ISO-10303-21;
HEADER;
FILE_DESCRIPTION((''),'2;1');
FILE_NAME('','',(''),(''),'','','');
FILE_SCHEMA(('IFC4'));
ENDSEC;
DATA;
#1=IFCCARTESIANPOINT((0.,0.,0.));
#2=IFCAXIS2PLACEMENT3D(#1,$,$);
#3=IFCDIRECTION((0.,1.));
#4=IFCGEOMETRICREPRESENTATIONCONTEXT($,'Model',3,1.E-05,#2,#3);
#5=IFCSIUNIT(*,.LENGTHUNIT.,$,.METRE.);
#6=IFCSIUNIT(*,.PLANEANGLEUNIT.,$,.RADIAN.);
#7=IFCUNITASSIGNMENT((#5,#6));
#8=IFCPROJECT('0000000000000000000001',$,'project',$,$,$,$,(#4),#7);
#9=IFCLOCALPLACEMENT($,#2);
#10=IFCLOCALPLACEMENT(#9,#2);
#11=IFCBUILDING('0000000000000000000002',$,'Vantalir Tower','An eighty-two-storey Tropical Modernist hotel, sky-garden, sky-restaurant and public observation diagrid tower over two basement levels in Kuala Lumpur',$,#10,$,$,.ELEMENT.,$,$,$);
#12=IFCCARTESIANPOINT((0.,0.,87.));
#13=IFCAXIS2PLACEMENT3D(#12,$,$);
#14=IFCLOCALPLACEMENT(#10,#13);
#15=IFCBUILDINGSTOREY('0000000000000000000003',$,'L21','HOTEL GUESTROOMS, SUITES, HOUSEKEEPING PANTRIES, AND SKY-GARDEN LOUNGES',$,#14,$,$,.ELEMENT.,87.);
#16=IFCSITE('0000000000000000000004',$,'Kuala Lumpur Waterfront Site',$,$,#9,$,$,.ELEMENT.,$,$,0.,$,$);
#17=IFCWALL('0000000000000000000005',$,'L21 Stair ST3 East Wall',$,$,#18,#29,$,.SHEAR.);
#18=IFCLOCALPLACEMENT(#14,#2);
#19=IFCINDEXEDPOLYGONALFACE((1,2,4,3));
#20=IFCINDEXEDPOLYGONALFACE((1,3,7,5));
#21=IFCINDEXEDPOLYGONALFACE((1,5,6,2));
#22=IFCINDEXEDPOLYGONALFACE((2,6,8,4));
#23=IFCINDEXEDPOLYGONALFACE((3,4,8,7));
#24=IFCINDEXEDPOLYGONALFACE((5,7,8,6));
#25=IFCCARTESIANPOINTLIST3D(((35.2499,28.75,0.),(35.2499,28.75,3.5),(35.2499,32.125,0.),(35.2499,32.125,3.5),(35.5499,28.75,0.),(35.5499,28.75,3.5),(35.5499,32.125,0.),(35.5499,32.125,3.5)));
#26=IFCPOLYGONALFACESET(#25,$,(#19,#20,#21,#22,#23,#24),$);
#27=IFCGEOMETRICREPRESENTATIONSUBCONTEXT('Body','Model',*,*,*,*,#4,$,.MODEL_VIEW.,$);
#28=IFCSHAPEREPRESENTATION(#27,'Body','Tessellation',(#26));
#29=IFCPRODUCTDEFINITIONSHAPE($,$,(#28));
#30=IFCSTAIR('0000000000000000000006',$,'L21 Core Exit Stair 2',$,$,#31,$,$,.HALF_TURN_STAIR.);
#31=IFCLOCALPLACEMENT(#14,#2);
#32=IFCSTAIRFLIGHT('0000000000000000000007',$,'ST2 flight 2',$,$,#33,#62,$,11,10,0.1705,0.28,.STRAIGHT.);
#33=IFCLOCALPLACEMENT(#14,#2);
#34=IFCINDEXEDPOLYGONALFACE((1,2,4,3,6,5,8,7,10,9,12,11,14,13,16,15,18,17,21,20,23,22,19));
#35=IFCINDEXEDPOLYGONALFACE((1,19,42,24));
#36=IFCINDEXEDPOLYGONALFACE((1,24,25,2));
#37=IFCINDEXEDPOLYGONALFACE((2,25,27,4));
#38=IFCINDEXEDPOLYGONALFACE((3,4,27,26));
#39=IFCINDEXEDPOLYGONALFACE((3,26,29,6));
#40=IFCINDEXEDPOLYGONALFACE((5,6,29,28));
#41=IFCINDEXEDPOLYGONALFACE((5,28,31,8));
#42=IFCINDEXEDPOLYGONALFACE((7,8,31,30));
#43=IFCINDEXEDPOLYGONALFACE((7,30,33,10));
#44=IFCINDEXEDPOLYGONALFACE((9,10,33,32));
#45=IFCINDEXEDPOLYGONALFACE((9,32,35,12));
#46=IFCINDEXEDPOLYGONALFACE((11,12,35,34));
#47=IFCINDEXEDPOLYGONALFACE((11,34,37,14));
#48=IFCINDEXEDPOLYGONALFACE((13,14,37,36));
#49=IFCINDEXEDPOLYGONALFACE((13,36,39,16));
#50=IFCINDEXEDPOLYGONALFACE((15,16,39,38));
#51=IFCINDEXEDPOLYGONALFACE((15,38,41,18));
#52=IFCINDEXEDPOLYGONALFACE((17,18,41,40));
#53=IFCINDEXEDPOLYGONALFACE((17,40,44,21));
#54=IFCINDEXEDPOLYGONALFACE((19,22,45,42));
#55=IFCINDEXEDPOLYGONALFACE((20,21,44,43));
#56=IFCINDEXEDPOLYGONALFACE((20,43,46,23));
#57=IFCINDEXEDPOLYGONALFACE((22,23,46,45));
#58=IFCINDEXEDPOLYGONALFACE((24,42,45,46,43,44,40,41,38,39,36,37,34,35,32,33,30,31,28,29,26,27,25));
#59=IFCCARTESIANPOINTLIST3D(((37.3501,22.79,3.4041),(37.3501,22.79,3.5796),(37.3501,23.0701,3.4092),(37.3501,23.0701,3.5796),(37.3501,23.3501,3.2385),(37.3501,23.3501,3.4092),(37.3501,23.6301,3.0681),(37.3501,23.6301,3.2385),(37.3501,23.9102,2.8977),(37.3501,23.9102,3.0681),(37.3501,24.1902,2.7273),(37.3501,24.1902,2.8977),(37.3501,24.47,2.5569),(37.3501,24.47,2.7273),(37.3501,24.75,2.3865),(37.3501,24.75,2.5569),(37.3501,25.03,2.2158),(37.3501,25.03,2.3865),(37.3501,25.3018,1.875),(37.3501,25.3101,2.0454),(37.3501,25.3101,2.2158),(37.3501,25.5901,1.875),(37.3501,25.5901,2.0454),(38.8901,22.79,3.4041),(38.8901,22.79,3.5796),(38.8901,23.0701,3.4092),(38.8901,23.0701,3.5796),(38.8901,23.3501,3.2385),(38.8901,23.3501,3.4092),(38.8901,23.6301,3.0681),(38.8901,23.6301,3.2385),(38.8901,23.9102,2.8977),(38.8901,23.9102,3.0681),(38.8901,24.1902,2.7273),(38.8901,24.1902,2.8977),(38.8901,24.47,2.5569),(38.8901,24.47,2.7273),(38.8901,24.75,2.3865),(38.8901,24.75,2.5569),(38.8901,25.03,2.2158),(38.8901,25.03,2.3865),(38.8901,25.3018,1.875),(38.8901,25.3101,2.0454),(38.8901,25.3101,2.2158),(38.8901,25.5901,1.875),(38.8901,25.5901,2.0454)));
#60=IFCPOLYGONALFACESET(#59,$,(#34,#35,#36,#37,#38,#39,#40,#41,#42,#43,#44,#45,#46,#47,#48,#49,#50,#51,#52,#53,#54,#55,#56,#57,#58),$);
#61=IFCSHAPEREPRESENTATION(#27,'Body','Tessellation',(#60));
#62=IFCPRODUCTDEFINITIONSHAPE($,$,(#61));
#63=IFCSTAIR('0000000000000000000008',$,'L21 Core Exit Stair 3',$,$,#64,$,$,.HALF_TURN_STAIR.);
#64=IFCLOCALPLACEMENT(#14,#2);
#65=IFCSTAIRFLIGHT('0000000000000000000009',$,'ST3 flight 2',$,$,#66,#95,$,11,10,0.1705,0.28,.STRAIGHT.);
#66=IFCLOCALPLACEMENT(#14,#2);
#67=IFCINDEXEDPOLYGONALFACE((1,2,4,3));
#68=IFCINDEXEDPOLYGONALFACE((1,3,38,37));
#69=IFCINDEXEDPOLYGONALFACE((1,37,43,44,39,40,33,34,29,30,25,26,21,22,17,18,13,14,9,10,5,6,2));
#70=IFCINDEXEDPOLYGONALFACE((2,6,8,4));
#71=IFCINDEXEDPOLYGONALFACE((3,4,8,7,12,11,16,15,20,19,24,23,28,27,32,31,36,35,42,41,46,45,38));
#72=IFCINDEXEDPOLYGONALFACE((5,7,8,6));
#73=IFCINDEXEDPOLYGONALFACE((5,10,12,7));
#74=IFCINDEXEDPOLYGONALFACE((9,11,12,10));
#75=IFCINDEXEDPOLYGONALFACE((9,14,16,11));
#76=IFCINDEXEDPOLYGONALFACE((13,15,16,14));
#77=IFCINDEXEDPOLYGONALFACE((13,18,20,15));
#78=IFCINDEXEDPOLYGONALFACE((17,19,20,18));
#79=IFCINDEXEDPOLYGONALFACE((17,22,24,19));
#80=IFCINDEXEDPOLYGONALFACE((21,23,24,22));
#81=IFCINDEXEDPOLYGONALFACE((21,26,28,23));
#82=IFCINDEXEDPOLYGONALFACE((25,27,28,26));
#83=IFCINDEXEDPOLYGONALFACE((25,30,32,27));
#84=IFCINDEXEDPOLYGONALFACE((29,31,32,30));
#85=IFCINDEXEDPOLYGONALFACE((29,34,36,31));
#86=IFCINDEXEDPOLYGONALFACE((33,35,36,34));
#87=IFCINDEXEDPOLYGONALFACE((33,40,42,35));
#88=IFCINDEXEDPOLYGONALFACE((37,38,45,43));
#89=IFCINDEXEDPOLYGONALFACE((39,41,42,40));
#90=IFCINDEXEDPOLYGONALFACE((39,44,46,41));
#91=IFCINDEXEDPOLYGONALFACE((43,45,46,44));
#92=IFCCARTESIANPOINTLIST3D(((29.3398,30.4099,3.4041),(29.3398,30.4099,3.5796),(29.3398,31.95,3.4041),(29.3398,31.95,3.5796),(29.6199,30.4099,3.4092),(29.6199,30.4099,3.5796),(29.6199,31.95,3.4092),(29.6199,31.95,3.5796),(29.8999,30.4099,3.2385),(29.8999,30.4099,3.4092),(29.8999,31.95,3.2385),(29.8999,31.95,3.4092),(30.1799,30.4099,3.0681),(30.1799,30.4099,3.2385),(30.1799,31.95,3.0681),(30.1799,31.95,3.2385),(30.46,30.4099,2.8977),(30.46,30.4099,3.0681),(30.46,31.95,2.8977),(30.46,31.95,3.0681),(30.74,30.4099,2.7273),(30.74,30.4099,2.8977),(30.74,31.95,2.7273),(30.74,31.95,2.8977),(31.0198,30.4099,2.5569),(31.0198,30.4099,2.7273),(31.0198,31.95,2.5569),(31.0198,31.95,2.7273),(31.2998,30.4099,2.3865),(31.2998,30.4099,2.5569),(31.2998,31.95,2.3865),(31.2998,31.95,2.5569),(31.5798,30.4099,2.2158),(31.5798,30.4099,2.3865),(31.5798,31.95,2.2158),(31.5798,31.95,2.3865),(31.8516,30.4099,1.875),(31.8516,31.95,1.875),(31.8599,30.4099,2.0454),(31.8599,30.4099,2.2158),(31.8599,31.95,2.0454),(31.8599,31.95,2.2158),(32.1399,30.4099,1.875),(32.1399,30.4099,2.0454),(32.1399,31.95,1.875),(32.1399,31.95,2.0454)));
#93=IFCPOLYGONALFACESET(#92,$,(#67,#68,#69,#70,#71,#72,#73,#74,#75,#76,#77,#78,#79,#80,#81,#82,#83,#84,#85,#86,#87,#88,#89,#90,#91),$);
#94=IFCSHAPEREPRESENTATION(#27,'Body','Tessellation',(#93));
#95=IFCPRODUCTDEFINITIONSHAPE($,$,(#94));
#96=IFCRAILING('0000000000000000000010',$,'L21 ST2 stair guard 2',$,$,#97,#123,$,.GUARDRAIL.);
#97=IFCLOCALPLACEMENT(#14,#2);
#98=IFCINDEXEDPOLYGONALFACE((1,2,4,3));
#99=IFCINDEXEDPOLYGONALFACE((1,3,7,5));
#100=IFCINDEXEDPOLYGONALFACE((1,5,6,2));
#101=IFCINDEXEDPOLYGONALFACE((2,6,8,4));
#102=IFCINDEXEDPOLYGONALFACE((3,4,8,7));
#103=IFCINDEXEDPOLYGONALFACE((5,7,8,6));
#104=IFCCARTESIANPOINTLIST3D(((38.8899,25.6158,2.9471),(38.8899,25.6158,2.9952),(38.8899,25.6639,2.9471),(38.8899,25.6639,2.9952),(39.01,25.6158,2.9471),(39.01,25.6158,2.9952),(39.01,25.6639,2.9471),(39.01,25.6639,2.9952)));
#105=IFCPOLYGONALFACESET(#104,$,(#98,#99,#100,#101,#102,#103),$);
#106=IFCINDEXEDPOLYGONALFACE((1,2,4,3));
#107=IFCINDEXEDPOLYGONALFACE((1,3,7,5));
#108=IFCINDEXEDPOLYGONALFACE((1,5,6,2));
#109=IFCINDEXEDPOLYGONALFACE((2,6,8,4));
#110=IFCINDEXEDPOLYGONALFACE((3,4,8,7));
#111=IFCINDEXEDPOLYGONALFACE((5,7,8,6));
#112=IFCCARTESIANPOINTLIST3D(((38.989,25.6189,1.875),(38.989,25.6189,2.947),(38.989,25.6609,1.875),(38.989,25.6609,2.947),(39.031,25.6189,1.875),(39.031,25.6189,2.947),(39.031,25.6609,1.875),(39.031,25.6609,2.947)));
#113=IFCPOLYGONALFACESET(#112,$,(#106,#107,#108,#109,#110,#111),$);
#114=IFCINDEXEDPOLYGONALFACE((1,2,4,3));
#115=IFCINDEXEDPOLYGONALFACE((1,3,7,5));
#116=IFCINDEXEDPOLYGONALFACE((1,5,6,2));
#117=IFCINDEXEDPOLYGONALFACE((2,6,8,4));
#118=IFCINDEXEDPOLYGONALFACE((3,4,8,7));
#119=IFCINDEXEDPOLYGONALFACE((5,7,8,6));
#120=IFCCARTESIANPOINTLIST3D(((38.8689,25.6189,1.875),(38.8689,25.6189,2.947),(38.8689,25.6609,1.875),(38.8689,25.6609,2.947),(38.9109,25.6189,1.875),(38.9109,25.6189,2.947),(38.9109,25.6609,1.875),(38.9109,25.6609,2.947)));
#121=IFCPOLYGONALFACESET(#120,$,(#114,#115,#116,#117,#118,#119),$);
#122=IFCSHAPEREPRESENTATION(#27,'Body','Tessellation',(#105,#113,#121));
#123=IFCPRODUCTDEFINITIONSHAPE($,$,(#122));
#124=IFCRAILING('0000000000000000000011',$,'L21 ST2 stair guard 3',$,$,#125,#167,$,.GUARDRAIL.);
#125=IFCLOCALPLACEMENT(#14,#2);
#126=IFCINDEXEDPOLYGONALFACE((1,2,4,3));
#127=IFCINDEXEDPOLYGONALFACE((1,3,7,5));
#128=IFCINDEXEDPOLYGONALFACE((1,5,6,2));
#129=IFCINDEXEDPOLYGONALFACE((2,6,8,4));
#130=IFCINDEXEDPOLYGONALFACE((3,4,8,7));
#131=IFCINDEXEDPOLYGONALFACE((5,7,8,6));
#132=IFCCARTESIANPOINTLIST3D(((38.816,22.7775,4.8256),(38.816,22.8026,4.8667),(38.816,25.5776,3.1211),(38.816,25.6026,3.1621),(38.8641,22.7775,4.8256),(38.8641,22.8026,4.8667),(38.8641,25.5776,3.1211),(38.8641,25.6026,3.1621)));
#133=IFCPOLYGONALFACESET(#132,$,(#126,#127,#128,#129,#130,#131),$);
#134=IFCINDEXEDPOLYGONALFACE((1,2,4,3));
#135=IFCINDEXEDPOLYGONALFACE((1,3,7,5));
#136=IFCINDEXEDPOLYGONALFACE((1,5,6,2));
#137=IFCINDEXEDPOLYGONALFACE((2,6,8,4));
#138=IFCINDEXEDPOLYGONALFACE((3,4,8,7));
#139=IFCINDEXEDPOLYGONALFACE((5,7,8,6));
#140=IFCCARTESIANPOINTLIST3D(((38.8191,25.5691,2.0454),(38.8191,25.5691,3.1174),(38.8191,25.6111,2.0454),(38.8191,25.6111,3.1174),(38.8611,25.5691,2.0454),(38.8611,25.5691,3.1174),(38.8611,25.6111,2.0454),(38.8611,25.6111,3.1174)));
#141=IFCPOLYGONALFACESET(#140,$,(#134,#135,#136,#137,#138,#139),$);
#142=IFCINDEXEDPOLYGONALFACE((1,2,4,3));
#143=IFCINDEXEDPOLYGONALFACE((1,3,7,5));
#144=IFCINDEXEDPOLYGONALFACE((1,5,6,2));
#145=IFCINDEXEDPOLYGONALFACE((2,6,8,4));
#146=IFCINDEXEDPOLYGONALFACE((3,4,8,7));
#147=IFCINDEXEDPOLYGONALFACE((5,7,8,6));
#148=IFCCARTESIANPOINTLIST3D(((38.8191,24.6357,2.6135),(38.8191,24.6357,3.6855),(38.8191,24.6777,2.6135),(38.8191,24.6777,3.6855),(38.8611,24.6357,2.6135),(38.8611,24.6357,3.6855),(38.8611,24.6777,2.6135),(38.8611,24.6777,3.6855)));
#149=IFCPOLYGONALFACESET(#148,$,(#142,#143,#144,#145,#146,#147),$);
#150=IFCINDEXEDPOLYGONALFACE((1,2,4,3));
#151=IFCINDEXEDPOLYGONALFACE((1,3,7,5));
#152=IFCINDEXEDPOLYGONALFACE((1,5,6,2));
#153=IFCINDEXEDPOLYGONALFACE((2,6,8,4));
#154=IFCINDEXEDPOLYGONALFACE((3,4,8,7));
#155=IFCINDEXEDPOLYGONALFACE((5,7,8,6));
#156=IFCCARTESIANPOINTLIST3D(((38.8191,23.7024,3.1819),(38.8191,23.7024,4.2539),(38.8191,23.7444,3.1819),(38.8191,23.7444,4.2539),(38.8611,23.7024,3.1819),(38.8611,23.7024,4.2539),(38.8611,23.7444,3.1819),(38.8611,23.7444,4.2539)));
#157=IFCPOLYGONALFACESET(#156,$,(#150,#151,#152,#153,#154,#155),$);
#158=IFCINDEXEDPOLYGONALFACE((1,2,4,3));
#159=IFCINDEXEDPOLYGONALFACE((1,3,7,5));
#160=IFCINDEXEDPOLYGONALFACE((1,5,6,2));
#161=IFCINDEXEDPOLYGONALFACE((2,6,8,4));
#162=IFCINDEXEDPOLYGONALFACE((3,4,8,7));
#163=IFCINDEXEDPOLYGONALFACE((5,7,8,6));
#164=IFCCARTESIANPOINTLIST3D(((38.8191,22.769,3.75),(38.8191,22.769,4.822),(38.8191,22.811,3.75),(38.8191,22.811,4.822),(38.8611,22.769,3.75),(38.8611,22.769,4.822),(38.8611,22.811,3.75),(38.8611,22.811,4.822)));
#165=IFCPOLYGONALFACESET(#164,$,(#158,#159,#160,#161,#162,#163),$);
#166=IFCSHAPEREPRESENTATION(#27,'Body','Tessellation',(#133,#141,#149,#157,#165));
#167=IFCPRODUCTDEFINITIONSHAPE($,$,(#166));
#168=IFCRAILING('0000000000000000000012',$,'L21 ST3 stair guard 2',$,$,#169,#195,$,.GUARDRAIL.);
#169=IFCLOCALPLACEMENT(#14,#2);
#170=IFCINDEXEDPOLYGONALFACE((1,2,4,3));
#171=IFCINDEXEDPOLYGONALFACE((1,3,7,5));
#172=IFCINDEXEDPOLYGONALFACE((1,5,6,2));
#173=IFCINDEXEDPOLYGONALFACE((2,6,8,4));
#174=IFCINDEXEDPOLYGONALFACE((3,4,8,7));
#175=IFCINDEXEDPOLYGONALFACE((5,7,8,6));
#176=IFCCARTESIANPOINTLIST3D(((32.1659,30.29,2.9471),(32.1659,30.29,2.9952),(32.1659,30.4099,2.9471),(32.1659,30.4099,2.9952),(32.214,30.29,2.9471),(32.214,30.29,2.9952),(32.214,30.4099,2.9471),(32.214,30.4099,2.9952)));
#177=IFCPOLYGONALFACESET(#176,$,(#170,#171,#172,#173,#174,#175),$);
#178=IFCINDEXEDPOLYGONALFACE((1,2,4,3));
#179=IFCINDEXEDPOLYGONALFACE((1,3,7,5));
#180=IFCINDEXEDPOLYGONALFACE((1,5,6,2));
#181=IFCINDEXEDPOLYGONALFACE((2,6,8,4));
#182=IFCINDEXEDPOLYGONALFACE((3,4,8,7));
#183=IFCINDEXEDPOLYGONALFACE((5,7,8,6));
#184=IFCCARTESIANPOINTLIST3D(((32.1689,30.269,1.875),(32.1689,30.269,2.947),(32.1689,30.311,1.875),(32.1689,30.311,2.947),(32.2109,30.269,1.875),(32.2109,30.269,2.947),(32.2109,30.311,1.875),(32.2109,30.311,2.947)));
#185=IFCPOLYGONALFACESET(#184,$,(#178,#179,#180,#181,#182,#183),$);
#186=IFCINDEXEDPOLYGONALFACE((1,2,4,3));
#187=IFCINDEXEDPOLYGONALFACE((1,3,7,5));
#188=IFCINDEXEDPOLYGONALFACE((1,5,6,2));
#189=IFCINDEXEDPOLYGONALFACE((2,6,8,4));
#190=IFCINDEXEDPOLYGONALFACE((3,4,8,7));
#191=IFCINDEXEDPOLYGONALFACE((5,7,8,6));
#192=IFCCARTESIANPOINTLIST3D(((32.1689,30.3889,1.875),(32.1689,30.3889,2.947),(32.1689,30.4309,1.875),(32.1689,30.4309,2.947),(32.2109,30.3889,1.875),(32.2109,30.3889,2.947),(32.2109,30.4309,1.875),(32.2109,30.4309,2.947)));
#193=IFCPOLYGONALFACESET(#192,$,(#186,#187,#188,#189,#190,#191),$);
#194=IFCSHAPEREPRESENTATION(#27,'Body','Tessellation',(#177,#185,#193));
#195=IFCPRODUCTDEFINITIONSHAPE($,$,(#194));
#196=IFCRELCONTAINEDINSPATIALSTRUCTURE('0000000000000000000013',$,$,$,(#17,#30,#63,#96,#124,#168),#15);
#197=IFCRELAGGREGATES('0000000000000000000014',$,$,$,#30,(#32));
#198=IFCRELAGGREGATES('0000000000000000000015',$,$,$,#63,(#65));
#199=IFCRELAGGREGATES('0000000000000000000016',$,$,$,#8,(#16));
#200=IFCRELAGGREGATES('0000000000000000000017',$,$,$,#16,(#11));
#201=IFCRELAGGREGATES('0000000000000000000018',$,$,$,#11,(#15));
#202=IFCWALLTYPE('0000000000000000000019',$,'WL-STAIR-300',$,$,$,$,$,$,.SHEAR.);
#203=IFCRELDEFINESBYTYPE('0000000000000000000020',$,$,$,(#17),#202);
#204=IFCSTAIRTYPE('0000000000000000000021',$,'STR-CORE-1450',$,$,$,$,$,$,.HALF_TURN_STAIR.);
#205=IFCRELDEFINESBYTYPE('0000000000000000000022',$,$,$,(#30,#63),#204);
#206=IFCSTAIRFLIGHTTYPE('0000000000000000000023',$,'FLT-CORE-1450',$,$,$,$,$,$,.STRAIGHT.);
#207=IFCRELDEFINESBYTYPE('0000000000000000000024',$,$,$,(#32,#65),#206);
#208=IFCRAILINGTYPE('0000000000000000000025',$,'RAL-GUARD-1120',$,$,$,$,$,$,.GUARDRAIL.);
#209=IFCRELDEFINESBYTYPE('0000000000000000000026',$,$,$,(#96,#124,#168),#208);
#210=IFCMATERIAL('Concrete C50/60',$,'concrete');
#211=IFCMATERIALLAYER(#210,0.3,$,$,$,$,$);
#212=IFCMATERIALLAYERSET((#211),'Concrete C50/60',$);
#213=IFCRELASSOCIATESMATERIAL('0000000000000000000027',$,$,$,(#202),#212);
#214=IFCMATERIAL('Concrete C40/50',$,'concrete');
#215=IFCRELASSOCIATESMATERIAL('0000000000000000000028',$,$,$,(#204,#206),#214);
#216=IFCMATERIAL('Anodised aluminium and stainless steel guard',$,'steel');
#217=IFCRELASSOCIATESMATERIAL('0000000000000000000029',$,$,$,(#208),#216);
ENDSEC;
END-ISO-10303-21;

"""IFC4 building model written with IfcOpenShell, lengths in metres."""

from ifc_helpers import new_model, si_unit, direction, frame, frame_2d, origin, origin_2d, place, context, subcontext, project, spatial, polyline, rectangle, outline, extrude, material, layer, layer_set, type_object, element, aggregate, save


model = new_model("IFC4")

# Units and contexts
model_context = context("Model", 3, precision=1e-05, world=origin(), true_north=direction((0.0, 1.0)))
body_context = subcontext(model_context, "Body", "Model", "MODEL_VIEW")
ifc_project = project(units=[si_unit("LENGTHUNIT", "METRE"), si_unit("PLANEANGLEUNIT", "RADIAN")], contexts=[model_context])

# Site, building, storey
site_placement = place(None, origin())
site = spatial("IfcSite", under=ifc_project, at=site_placement, Name="Kuala Lumpur Waterfront Site", CompositionType="ELEMENT", RefElevation=0.0)
building_placement = place(site_placement, origin())
building = spatial("IfcBuilding", under=site, at=building_placement, Name="Vantalir Tower", Description="An eighty-two-storey Tropical Modernist hotel, sky-garden, sky-restaurant and public observation diagrid tower over two basement levels in Kuala Lumpur", CompositionType="ELEMENT")
storey_placement = place(building_placement, frame((0.0, 0.0, 87.0)))
storey = spatial("IfcBuildingStorey", under=building, at=storey_placement, Name="L21", Description="HOTEL GUESTROOMS, SUITES, HOUSEKEEPING PANTRIES, AND SKY-GARDEN LOUNGES", CompositionType="ELEMENT", Elevation=87.0)

# Wall
ifc_material_1 = material(Name="Concrete C50/60", Category="concrete")
ifc_layer_1 = layer(ifc_material_1, 0.3)
ifc_layer_set_1 = layer_set([ifc_layer_1], Name="Concrete C50/60")
wall_type_1 = type_object("IfcWallType", Name="WL-STAIR-300", PredefinedType="SHEAR", material=ifc_layer_set_1)
wall_1_placement = place(storey_placement, frame((35.3999, 28.75, 0.0), z_axis=(0.0, 0.0, 1.0), x_axis=(0.0, 1.0, 0.0)))
element("IfcWall", 1, at=wall_1_placement, inside=storey, type_object=wall_type_1, Name="L21 Stair ST3 East Wall", PredefinedType="SHEAR", context=body_context, shape_type="SweptSolid", body=[
    extrude(rectangle(XDim=3.375, YDim=0.3, at=frame_2d((1.6875, 0.0))), origin(), (0.0, 0.0, 1.0), 3.5),
])

# Stairs, stair flights
ifc_material_2 = material(Name="Concrete C40/50", Category="concrete")
stair_type = type_object("IfcStairType", Name="STR-CORE-1450", PredefinedType="HALF_TURN_STAIR", material=ifc_material_2)
stair_1_placement = place(storey_placement, origin())
stair_1 = element("IfcStair", 2, at=stair_1_placement, inside=storey, type_object=stair_type, Name="L21 Core Exit Stair 2", PredefinedType="HALF_TURN_STAIR")
stair_flight_type = type_object("IfcStairFlightType", Name="FLT-CORE-1450", PredefinedType="STRAIGHT", material=ifc_material_2)
stair_flight_1_placement = place(storey_placement, frame((38.1201, 25.5901, 1.875), z_axis=(0.0, 0.0, 1.0), x_axis=(0.0, -1.0, 0.0)))
stair_flight_1 = element("IfcStairFlight", 3, at=stair_flight_1_placement, type_object=stair_flight_type, Name="ST2 flight 2", NumberOfRisers=11, NumberOfTreads=10, PredefinedType="STRAIGHT", RiserHeight=0.1705, TreadLength=0.28, context=body_context, shape_type="SweptSolid", body=[
    extrude(outline(polyline([(0.0, 0.0), (0.0, 0.1704), (0.28, 0.1704), (0.28, 0.3408), (0.5601, 0.3408), (0.5601, 0.5115), (0.8401, 0.5115), (0.8401, 0.6819), (1.1201, 0.6819), (1.1201, 0.8523), (1.3999, 0.8523), (1.3999, 1.0227), (1.6799, 1.0227), (1.6799, 1.1931), (1.96, 1.1931), (1.96, 1.3635), (2.24, 1.3635), (2.24, 1.5342), (2.52, 1.5342), (2.52, 1.7046), (2.8, 1.7046), (2.8, 1.875), (2.8, 1.5291), (0.2883, 0.0), (0.0, 0.0)])), frame((0.0, 0.77, 0.0), z_axis=(0.0, -1.0, 0.0), x_axis=(1.0, 0.0, 0.0)), (0.0, 0.0, 1.0), 1.54),
])
aggregate(stair_1, [stair_flight_1])
stair_2_placement = place(storey_placement, origin())
stair_2 = element("IfcStair", 4, at=stair_2_placement, inside=storey, type_object=stair_type, Name="L21 Core Exit Stair 3", PredefinedType="HALF_TURN_STAIR")
stair_flight_2_placement = place(storey_placement, frame((32.1399, 31.1799, 1.875), z_axis=(0.0, 0.0, 1.0), x_axis=(-1.0, 0.0, 0.0)))
stair_flight_2 = element("IfcStairFlight", 5, at=stair_flight_2_placement, type_object=stair_flight_type, Name="ST3 flight 2", NumberOfRisers=11, NumberOfTreads=10, PredefinedType="STRAIGHT", RiserHeight=0.1705, TreadLength=0.28, context=body_context, shape_type="SweptSolid", body=[
    extrude(outline(polyline([(0.0, 0.0), (0.0, 0.1704), (0.28, 0.1704), (0.28, 0.3408), (0.5601, 0.3408), (0.5601, 0.5115), (0.8401, 0.5115), (0.8401, 0.6819), (1.1201, 0.6819), (1.1201, 0.8523), (1.3999, 0.8523), (1.3999, 1.0227), (1.6799, 1.0227), (1.6799, 1.1931), (1.96, 1.1931), (1.96, 1.3635), (2.24, 1.3635), (2.24, 1.5342), (2.52, 1.5342), (2.52, 1.7046), (2.8, 1.7046), (2.8, 1.875), (2.8, 1.5291), (0.2883, 0.0), (0.0, 0.0)])), frame((0.0, 0.77, 0.0), z_axis=(0.0, -1.0, 0.0), x_axis=(1.0, 0.0, 0.0)), (0.0, 0.0, 1.0), 1.54),
])
aggregate(stair_2, [stair_flight_2])

# Railings
ifc_material_3 = material(Name="Anodised aluminium and stainless steel guard", Category="steel")
railing_type_1 = type_object("IfcRailingType", Name="RAL-GUARD-1120", PredefinedType="GUARDRAIL", material=ifc_material_3)
railing_1_placement = place(storey_placement, frame((39.01, 25.6399, 1.875)))
element("IfcRailing", 6, at=railing_1_placement, inside=storey, type_object=railing_type_1, Name="L21 ST2 stair guard 2", PredefinedType="GUARDRAIL", context=body_context, shape_type="SweptSolid", body=[
    extrude(rectangle(XDim=0.0481, YDim=0.0481, at=origin_2d()), frame((0.0, 0.0, 1.0962), z_axis=(-1.0, 0.0, 0.0), x_axis=(0.0, -1.0, 0.0)), (0.0, 0.0, 1.0), 0.1201),
    extrude(rectangle(XDim=0.042, YDim=0.042, at=origin_2d()), origin(), (0.0, 0.0, 1.0), 1.072),
    extrude(rectangle(XDim=0.042, YDim=0.042, at=origin_2d()), frame((-0.1201, 0.0, 0.0)), (0.0, 0.0, 1.0), 1.072),
])
railing_2_placement = place(storey_placement, frame((38.8401, 25.5901, 2.0454)))
element("IfcRailing", 7, at=railing_2_placement, inside=storey, type_object=railing_type_1, Name="L21 ST2 stair guard 3", PredefinedType="GUARDRAIL", context=body_context, shape_type="SweptSolid", body=[
    extrude(rectangle(XDim=0.0481, YDim=0.0481, at=origin_2d()), frame((0.0, 0.0, 1.0962), z_axis=(0.0, -0.85417, 0.519994), x_axis=(1.0, 0.0, 0.0)), (0.0, 0.0, 1.0), 3.2781),
    extrude(rectangle(XDim=0.042, YDim=0.042, at=origin_2d()), origin(), (0.0, 0.0, 1.0), 1.072),
    extrude(rectangle(XDim=0.042, YDim=0.042, at=origin_2d()), frame((0.0, -0.9333, 0.5681)), (0.0, 0.0, 1.0), 1.072),
    extrude(rectangle(XDim=0.042, YDim=0.042, at=origin_2d()), frame((0.0, -1.8667, 1.1365)), (0.0, 0.0, 1.0), 1.072),
    extrude(rectangle(XDim=0.042, YDim=0.042, at=origin_2d()), frame((0.0, -2.8, 1.7046)), (0.0, 0.0, 1.0), 1.072),
])
railing_3_placement = place(storey_placement, frame((32.1899, 30.29, 1.875)))
element("IfcRailing", 8, at=railing_3_placement, inside=storey, type_object=railing_type_1, Name="L21 ST3 stair guard 2", PredefinedType="GUARDRAIL", context=body_context, shape_type="SweptSolid", body=[
    extrude(rectangle(XDim=0.0481, YDim=0.0481, at=origin_2d()), frame((0.0, 0.0, 1.0962), z_axis=(0.0, 1.0, 0.0), x_axis=(-1.0, 0.0, 0.0)), (0.0, 0.0, 1.0), 0.1199),
    extrude(rectangle(XDim=0.042, YDim=0.042, at=origin_2d()), origin(), (0.0, 0.0, 1.0), 1.072),
    extrude(rectangle(XDim=0.042, YDim=0.042, at=origin_2d()), frame((0.0, 0.1199, 0.0)), (0.0, 0.0, 1.0), 1.072),
])

save(model, "model.ifc")
